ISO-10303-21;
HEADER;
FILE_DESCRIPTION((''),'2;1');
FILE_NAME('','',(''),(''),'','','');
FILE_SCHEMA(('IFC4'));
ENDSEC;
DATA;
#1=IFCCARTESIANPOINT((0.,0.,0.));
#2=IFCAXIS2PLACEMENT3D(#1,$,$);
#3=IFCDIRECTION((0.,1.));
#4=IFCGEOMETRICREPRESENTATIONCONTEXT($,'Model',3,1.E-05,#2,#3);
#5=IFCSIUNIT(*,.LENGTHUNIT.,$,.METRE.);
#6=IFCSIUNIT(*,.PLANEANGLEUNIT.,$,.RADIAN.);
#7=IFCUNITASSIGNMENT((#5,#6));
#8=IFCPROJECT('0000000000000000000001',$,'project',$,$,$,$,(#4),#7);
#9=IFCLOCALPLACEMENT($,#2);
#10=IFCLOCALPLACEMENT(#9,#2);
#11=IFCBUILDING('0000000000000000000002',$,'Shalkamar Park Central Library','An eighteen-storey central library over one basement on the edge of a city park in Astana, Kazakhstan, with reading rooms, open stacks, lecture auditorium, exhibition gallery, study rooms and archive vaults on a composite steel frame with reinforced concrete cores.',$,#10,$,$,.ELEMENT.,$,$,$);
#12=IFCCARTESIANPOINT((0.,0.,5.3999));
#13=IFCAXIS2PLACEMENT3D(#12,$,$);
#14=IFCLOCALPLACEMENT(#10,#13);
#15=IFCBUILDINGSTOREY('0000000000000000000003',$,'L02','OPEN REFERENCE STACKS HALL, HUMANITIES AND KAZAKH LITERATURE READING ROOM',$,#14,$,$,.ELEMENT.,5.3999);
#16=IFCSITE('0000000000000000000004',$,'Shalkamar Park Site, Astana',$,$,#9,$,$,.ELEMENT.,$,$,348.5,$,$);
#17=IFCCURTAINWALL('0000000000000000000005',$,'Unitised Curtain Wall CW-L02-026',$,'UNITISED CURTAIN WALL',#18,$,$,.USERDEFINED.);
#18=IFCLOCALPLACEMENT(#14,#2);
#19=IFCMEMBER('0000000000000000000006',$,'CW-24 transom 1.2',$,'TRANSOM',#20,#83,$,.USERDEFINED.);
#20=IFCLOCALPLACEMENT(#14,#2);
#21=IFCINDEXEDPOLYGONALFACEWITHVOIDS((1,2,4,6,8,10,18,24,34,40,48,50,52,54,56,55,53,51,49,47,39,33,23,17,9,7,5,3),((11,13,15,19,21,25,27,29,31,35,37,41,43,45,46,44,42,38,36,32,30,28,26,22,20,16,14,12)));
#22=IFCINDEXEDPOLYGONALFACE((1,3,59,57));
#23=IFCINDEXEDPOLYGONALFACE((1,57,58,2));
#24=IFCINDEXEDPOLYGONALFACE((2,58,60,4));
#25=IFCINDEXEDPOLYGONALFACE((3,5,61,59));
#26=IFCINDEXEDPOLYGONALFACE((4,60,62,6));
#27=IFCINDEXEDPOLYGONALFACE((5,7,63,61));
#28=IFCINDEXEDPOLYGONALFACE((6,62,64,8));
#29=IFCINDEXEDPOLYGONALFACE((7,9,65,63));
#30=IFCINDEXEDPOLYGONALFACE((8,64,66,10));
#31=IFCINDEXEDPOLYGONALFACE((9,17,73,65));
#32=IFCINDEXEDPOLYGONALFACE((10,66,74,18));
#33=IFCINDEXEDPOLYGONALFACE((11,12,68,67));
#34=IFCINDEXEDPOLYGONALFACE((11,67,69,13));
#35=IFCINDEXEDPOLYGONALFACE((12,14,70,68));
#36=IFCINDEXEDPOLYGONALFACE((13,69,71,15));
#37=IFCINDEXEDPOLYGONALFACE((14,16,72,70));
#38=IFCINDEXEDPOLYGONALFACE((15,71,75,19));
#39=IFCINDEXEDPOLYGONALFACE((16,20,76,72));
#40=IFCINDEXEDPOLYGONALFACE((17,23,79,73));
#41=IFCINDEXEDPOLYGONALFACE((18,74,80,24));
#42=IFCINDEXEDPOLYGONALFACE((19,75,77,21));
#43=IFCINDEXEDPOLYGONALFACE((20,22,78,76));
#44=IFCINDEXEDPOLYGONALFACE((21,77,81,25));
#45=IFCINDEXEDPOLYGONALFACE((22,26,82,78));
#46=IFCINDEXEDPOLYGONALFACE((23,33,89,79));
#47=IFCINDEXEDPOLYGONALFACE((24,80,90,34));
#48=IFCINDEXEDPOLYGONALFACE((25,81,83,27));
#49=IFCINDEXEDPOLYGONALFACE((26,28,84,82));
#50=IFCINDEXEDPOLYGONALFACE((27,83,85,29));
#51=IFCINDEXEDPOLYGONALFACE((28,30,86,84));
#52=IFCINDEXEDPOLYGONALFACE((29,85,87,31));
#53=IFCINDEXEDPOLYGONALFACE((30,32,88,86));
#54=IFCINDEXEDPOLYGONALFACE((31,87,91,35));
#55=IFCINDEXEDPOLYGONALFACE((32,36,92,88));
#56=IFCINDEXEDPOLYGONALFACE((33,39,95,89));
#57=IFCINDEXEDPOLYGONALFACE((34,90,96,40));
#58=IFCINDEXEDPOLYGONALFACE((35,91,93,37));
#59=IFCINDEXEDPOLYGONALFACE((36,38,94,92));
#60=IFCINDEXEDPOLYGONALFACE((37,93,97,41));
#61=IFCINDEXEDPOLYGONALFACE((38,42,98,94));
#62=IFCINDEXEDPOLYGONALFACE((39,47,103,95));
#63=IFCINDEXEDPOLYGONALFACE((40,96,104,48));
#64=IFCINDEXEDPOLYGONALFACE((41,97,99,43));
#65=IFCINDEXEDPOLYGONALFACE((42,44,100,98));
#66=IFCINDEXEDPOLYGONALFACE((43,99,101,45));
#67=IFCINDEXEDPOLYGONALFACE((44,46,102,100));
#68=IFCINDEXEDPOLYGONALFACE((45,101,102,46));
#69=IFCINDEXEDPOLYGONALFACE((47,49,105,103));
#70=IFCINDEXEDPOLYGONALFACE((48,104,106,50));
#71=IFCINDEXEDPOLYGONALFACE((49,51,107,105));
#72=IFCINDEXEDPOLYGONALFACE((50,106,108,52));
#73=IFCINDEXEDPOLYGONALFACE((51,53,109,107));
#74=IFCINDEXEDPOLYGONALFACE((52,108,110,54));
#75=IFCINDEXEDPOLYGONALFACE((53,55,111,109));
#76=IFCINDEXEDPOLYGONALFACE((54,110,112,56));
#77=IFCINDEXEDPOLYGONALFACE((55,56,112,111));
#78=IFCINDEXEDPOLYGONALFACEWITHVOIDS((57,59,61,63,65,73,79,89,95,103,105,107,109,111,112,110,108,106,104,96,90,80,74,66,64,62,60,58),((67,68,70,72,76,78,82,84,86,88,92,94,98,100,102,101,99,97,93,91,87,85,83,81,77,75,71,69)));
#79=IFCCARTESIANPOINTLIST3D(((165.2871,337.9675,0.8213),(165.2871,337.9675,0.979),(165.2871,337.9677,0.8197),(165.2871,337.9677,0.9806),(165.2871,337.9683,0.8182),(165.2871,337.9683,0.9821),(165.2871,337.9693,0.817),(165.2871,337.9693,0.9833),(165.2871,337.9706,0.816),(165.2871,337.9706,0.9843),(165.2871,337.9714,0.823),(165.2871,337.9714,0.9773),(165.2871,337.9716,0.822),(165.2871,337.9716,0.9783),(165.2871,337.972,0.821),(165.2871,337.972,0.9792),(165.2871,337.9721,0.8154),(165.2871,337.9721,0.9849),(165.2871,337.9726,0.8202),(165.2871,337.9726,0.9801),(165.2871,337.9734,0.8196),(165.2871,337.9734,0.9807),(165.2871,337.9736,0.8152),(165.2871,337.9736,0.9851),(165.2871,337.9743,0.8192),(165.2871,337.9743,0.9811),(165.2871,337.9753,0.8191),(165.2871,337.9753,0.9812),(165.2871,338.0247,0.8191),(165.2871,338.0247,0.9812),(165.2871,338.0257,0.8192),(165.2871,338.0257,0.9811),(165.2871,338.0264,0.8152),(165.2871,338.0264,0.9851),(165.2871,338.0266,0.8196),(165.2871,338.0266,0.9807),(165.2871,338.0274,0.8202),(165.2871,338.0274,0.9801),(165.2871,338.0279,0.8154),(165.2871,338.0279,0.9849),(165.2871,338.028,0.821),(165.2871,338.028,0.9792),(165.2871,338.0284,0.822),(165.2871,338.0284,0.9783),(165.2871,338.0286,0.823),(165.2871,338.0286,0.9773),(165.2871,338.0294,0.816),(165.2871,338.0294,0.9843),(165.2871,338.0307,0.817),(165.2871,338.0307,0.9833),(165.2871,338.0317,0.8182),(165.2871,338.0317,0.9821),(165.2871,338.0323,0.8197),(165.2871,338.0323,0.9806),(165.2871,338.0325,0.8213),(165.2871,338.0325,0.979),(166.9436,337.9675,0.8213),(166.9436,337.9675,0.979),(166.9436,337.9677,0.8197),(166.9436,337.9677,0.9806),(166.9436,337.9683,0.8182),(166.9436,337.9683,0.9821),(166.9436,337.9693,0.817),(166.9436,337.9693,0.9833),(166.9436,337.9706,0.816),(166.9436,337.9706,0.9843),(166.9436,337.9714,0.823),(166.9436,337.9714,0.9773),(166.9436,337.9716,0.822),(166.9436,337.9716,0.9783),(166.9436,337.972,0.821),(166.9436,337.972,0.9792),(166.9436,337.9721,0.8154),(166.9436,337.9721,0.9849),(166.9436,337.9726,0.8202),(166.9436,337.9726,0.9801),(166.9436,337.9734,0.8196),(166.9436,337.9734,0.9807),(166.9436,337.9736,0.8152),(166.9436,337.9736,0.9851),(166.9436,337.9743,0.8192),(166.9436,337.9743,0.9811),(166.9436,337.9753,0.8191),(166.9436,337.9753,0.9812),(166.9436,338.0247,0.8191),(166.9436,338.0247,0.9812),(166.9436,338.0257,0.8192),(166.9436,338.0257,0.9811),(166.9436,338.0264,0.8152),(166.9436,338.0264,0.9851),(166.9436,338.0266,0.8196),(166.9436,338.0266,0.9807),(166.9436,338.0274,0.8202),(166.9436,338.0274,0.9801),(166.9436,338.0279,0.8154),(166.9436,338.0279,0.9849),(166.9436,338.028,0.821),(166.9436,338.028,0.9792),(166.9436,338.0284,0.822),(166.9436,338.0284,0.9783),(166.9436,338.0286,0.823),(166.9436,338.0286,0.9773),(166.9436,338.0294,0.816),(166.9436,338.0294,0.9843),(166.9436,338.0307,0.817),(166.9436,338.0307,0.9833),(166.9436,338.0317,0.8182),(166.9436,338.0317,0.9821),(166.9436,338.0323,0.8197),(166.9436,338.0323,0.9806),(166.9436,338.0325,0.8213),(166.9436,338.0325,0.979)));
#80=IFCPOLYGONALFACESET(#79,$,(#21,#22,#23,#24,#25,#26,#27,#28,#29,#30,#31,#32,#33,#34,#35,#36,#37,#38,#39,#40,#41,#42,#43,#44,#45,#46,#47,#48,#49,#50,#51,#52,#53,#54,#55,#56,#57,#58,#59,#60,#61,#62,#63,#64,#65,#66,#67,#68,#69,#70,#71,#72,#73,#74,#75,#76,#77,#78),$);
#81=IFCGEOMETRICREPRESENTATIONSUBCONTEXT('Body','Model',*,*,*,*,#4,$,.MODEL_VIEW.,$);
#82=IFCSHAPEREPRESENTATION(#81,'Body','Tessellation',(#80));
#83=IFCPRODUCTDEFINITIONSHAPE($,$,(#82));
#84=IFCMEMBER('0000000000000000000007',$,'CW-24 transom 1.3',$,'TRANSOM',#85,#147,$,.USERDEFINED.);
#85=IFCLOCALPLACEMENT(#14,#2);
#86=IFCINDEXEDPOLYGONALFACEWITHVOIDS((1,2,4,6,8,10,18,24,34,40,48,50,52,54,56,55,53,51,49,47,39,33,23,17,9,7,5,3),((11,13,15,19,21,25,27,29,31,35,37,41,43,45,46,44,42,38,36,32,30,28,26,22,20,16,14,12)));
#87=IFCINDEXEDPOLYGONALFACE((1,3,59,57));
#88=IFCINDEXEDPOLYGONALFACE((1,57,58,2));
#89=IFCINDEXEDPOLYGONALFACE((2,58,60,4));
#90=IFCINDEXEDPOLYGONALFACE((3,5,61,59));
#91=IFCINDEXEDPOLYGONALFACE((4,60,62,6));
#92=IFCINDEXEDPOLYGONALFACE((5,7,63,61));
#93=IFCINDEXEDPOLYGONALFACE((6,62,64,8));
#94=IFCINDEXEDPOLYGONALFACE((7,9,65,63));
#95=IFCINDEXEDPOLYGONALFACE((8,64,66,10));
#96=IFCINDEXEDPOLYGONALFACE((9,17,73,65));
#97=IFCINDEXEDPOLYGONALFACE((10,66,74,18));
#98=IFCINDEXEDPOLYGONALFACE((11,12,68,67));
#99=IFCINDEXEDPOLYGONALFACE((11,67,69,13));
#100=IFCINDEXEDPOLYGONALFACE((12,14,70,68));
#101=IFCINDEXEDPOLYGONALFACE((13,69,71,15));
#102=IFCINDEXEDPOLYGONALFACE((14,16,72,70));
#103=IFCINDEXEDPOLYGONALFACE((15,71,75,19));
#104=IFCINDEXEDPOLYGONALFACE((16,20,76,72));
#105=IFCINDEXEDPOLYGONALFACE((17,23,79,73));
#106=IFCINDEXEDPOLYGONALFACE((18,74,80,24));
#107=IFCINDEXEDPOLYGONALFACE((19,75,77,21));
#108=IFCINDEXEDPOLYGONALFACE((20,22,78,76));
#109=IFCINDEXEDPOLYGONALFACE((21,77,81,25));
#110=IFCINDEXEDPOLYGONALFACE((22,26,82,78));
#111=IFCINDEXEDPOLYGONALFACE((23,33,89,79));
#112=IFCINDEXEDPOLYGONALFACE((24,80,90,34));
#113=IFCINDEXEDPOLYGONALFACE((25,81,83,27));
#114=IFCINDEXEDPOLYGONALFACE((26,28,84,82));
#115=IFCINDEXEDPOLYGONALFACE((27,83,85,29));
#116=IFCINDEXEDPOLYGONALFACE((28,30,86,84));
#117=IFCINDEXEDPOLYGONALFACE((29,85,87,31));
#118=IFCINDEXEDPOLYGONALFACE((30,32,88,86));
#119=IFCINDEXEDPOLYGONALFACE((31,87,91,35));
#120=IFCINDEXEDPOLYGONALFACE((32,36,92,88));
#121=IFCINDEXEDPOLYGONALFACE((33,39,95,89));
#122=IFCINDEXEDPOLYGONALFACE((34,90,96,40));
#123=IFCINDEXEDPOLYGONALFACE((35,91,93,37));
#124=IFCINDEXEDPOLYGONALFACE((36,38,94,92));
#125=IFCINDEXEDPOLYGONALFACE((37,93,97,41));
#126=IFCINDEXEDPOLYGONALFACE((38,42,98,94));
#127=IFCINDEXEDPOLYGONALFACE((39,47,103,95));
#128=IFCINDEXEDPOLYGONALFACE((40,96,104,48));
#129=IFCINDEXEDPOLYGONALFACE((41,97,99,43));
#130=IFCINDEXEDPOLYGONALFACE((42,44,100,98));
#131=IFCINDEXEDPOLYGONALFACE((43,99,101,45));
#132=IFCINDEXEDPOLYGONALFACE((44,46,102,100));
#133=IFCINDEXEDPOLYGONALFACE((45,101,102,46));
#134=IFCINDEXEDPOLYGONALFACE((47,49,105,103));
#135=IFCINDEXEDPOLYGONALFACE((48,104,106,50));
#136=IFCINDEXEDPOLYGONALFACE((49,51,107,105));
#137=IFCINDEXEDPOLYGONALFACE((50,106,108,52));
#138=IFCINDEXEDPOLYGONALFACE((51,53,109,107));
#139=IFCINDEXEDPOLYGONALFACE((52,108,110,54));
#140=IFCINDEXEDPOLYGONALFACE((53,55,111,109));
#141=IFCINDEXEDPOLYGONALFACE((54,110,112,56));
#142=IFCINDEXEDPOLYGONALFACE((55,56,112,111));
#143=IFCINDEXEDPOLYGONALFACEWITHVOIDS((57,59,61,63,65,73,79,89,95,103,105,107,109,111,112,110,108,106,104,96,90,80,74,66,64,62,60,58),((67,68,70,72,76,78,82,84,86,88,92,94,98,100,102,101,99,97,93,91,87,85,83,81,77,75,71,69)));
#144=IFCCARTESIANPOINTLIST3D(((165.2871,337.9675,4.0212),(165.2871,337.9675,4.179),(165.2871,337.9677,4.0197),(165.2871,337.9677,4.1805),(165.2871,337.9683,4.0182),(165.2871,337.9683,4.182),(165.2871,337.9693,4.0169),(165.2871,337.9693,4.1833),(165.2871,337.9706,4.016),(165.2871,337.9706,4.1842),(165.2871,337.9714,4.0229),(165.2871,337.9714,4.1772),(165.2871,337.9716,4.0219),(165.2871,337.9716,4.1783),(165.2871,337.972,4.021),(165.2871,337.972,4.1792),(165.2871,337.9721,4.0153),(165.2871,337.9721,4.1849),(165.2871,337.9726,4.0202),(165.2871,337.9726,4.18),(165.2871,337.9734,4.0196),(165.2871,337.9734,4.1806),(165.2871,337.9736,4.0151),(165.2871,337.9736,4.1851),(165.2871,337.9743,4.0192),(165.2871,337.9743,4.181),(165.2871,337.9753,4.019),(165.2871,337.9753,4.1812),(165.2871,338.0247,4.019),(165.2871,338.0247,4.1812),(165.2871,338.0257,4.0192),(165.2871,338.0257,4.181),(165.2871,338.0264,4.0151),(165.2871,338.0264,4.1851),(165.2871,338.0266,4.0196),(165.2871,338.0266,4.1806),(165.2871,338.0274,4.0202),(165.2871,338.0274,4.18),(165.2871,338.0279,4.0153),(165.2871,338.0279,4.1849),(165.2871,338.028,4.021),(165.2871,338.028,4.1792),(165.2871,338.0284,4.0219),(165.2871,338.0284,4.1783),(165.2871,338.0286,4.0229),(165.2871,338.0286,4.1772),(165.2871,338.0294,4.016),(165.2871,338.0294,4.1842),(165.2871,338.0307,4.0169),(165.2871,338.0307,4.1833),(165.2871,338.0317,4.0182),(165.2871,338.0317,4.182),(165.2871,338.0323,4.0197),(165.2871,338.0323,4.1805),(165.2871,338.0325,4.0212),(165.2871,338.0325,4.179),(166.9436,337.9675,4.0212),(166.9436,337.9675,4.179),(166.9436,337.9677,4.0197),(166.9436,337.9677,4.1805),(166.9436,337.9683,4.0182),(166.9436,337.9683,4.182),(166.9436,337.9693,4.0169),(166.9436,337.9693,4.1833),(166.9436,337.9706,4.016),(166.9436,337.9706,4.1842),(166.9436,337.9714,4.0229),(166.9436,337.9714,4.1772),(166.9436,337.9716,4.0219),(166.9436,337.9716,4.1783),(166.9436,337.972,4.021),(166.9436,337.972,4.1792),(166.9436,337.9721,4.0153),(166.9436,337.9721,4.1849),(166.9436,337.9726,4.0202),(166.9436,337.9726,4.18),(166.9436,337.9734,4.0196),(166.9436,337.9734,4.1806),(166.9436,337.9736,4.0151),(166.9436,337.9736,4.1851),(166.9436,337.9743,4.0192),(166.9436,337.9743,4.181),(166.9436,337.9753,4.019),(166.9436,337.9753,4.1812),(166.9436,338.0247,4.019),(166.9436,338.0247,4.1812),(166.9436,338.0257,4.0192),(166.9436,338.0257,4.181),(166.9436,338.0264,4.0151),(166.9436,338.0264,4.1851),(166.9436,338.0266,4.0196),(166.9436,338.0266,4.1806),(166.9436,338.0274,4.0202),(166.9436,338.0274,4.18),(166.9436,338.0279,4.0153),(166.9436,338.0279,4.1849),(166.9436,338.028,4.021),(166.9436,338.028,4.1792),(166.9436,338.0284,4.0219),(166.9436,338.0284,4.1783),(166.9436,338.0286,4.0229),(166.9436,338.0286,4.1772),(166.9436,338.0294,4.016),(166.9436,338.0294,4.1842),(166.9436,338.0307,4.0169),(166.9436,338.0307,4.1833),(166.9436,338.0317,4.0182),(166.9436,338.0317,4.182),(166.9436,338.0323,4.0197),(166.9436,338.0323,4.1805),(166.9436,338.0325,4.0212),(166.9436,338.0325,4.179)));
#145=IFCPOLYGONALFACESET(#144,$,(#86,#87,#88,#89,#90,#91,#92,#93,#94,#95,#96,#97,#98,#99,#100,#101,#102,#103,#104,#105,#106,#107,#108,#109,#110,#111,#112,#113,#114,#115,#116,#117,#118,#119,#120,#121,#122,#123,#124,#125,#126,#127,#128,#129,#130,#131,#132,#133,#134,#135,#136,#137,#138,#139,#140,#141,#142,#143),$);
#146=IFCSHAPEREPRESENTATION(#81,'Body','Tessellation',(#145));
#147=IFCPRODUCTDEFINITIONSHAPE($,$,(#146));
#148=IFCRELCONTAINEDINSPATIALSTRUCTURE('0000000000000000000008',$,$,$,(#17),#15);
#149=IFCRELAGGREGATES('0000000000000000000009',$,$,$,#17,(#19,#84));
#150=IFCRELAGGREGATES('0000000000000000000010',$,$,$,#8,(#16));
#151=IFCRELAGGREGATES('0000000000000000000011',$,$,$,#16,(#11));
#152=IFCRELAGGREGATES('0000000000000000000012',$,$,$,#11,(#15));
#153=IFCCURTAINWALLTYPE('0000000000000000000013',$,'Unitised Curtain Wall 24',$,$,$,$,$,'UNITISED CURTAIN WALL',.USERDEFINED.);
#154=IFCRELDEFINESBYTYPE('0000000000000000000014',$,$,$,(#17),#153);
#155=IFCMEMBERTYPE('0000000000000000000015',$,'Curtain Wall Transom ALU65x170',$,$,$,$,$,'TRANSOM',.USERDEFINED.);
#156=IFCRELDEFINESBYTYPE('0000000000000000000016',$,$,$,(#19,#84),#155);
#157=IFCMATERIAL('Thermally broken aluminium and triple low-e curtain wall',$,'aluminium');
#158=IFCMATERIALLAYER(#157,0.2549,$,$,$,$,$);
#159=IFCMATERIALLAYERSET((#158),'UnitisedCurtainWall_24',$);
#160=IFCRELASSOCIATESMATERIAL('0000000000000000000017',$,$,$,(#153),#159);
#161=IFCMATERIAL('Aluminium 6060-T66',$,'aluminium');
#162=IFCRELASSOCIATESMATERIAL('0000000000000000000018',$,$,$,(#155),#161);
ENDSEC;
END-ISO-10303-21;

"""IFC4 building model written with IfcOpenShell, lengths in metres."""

from ifc_helpers import new_model, si_unit, direction, frame, origin, origin_2d, place, context, subcontext, project, spatial, hollow_rectangle, extrude, material, layer, layer_set, material_profile, profile_set, type_object, element, aggregate, save


model = new_model("IFC4")

# Units and contexts
model_context = context("Model", 3, precision=1e-05, world=origin(), true_north=direction((0.0, 1.0)))
body_context = subcontext(model_context, "Body", "Model", "MODEL_VIEW")
ifc_project = project(units=[si_unit("LENGTHUNIT", "METRE"), si_unit("PLANEANGLEUNIT", "RADIAN")], contexts=[model_context])

# Site, building, storey
site_placement = place(None, origin())
site = spatial("IfcSite", under=ifc_project, at=site_placement, Name="Shalkamar Park Site, Astana", CompositionType="ELEMENT", RefElevation=348.5)
building_placement = place(site_placement, origin())
building = spatial("IfcBuilding", under=site, at=building_placement, Name="Shalkamar Park Central Library", Description="An eighteen-storey central library over one basement on the edge of a city park in Astana, Kazakhstan, with reading rooms, open stacks, lecture auditorium, exhibition gallery, study rooms and archive vaults on a composite steel frame with reinforced concrete cores.", CompositionType="ELEMENT")
storey_placement = place(building_placement, frame((0.0, 0.0, 5.3999)))
storey = spatial("IfcBuildingStorey", under=building, at=storey_placement, Name="L02", Description="OPEN REFERENCE STACKS HALL, HUMANITIES AND KAZAKH LITERATURE READING ROOM", CompositionType="ELEMENT", Elevation=5.3999)

# Shared definitions
ifc_material_1 = material(Name="Thermally broken aluminium and triple low-e curtain wall", Category="aluminium")
ifc_material_2 = material(Name="Aluminium 6060-T66", Category="aluminium")

# Curtain wall
ifc_layer_1 = layer(ifc_material_1, 0.2549)
ifc_layer_set_1 = layer_set([ifc_layer_1], Name="UnitisedCurtainWall_24")
curtain_wall_type_1 = type_object("IfcCurtainWallType", Name="Unitised Curtain Wall 24", ElementType="UNITISED CURTAIN WALL", PredefinedType="USERDEFINED", material=ifc_layer_set_1)
curtain_wall_1_placement = place(storey_placement, origin())
curtain_wall_1 = element("IfcCurtainWall", 1, at=curtain_wall_1_placement, inside=storey, type_object=curtain_wall_type_1, Name="Unitised Curtain Wall CW-L02-026", ObjectType="UNITISED CURTAIN WALL", PredefinedType="USERDEFINED")

# Members
ifc_material_profile_1 = material_profile(ifc_material_2, hollow_rectangle(XDim=0.0649, YDim=0.1699, WallThickness=0.0039, InnerFilletRadius=0.0039, OuterFilletRadius=0.0061, at=origin_2d()), Name="ALU 65x170x4")
ifc_profile_set_1 = profile_set([ifc_material_profile_1], Name="Aluminium 6060-T66")
member_type_1 = type_object("IfcMemberType", Name="Curtain Wall Transom ALU65x170", ElementType="TRANSOM", PredefinedType="USERDEFINED", material=ifc_profile_set_1)
member_1_placement = place(storey_placement, frame((165.2871, 338.0, 0.9001), z_axis=(1.0, 0.0, 0.0), x_axis=(0.0, 1.0, 0.0)))
member_1 = element("IfcMember", 2, at=member_1_placement, type_object=member_type_1, Name="CW-24 transom 1.2", ObjectType="TRANSOM", PredefinedType="USERDEFINED", context=body_context, shape_type="SweptSolid", body=[
    extrude(hollow_rectangle(XDim=0.0649, YDim=0.1699, WallThickness=0.0039, InnerFilletRadius=0.0039, OuterFilletRadius=0.0061, at=origin_2d()), origin(), (0.0, 0.0, 1.0), 1.6565),
])
member_2_placement = place(storey_placement, frame((165.2871, 338.0, 4.1001), z_axis=(1.0, 0.0, 0.0), x_axis=(0.0, 1.0, 0.0)))
member_2 = element("IfcMember", 3, at=member_2_placement, type_object=member_type_1, Name="CW-24 transom 1.3", ObjectType="TRANSOM", PredefinedType="USERDEFINED", context=body_context, shape_type="SweptSolid", body=[
    extrude(hollow_rectangle(XDim=0.0649, YDim=0.1699, WallThickness=0.0039, InnerFilletRadius=0.0039, OuterFilletRadius=0.0061, at=origin_2d()), origin(), (0.0, 0.0, 1.0), 1.6565),
])

aggregate(curtain_wall_1, [member_1, member_2])

save(model, "model.ifc")
